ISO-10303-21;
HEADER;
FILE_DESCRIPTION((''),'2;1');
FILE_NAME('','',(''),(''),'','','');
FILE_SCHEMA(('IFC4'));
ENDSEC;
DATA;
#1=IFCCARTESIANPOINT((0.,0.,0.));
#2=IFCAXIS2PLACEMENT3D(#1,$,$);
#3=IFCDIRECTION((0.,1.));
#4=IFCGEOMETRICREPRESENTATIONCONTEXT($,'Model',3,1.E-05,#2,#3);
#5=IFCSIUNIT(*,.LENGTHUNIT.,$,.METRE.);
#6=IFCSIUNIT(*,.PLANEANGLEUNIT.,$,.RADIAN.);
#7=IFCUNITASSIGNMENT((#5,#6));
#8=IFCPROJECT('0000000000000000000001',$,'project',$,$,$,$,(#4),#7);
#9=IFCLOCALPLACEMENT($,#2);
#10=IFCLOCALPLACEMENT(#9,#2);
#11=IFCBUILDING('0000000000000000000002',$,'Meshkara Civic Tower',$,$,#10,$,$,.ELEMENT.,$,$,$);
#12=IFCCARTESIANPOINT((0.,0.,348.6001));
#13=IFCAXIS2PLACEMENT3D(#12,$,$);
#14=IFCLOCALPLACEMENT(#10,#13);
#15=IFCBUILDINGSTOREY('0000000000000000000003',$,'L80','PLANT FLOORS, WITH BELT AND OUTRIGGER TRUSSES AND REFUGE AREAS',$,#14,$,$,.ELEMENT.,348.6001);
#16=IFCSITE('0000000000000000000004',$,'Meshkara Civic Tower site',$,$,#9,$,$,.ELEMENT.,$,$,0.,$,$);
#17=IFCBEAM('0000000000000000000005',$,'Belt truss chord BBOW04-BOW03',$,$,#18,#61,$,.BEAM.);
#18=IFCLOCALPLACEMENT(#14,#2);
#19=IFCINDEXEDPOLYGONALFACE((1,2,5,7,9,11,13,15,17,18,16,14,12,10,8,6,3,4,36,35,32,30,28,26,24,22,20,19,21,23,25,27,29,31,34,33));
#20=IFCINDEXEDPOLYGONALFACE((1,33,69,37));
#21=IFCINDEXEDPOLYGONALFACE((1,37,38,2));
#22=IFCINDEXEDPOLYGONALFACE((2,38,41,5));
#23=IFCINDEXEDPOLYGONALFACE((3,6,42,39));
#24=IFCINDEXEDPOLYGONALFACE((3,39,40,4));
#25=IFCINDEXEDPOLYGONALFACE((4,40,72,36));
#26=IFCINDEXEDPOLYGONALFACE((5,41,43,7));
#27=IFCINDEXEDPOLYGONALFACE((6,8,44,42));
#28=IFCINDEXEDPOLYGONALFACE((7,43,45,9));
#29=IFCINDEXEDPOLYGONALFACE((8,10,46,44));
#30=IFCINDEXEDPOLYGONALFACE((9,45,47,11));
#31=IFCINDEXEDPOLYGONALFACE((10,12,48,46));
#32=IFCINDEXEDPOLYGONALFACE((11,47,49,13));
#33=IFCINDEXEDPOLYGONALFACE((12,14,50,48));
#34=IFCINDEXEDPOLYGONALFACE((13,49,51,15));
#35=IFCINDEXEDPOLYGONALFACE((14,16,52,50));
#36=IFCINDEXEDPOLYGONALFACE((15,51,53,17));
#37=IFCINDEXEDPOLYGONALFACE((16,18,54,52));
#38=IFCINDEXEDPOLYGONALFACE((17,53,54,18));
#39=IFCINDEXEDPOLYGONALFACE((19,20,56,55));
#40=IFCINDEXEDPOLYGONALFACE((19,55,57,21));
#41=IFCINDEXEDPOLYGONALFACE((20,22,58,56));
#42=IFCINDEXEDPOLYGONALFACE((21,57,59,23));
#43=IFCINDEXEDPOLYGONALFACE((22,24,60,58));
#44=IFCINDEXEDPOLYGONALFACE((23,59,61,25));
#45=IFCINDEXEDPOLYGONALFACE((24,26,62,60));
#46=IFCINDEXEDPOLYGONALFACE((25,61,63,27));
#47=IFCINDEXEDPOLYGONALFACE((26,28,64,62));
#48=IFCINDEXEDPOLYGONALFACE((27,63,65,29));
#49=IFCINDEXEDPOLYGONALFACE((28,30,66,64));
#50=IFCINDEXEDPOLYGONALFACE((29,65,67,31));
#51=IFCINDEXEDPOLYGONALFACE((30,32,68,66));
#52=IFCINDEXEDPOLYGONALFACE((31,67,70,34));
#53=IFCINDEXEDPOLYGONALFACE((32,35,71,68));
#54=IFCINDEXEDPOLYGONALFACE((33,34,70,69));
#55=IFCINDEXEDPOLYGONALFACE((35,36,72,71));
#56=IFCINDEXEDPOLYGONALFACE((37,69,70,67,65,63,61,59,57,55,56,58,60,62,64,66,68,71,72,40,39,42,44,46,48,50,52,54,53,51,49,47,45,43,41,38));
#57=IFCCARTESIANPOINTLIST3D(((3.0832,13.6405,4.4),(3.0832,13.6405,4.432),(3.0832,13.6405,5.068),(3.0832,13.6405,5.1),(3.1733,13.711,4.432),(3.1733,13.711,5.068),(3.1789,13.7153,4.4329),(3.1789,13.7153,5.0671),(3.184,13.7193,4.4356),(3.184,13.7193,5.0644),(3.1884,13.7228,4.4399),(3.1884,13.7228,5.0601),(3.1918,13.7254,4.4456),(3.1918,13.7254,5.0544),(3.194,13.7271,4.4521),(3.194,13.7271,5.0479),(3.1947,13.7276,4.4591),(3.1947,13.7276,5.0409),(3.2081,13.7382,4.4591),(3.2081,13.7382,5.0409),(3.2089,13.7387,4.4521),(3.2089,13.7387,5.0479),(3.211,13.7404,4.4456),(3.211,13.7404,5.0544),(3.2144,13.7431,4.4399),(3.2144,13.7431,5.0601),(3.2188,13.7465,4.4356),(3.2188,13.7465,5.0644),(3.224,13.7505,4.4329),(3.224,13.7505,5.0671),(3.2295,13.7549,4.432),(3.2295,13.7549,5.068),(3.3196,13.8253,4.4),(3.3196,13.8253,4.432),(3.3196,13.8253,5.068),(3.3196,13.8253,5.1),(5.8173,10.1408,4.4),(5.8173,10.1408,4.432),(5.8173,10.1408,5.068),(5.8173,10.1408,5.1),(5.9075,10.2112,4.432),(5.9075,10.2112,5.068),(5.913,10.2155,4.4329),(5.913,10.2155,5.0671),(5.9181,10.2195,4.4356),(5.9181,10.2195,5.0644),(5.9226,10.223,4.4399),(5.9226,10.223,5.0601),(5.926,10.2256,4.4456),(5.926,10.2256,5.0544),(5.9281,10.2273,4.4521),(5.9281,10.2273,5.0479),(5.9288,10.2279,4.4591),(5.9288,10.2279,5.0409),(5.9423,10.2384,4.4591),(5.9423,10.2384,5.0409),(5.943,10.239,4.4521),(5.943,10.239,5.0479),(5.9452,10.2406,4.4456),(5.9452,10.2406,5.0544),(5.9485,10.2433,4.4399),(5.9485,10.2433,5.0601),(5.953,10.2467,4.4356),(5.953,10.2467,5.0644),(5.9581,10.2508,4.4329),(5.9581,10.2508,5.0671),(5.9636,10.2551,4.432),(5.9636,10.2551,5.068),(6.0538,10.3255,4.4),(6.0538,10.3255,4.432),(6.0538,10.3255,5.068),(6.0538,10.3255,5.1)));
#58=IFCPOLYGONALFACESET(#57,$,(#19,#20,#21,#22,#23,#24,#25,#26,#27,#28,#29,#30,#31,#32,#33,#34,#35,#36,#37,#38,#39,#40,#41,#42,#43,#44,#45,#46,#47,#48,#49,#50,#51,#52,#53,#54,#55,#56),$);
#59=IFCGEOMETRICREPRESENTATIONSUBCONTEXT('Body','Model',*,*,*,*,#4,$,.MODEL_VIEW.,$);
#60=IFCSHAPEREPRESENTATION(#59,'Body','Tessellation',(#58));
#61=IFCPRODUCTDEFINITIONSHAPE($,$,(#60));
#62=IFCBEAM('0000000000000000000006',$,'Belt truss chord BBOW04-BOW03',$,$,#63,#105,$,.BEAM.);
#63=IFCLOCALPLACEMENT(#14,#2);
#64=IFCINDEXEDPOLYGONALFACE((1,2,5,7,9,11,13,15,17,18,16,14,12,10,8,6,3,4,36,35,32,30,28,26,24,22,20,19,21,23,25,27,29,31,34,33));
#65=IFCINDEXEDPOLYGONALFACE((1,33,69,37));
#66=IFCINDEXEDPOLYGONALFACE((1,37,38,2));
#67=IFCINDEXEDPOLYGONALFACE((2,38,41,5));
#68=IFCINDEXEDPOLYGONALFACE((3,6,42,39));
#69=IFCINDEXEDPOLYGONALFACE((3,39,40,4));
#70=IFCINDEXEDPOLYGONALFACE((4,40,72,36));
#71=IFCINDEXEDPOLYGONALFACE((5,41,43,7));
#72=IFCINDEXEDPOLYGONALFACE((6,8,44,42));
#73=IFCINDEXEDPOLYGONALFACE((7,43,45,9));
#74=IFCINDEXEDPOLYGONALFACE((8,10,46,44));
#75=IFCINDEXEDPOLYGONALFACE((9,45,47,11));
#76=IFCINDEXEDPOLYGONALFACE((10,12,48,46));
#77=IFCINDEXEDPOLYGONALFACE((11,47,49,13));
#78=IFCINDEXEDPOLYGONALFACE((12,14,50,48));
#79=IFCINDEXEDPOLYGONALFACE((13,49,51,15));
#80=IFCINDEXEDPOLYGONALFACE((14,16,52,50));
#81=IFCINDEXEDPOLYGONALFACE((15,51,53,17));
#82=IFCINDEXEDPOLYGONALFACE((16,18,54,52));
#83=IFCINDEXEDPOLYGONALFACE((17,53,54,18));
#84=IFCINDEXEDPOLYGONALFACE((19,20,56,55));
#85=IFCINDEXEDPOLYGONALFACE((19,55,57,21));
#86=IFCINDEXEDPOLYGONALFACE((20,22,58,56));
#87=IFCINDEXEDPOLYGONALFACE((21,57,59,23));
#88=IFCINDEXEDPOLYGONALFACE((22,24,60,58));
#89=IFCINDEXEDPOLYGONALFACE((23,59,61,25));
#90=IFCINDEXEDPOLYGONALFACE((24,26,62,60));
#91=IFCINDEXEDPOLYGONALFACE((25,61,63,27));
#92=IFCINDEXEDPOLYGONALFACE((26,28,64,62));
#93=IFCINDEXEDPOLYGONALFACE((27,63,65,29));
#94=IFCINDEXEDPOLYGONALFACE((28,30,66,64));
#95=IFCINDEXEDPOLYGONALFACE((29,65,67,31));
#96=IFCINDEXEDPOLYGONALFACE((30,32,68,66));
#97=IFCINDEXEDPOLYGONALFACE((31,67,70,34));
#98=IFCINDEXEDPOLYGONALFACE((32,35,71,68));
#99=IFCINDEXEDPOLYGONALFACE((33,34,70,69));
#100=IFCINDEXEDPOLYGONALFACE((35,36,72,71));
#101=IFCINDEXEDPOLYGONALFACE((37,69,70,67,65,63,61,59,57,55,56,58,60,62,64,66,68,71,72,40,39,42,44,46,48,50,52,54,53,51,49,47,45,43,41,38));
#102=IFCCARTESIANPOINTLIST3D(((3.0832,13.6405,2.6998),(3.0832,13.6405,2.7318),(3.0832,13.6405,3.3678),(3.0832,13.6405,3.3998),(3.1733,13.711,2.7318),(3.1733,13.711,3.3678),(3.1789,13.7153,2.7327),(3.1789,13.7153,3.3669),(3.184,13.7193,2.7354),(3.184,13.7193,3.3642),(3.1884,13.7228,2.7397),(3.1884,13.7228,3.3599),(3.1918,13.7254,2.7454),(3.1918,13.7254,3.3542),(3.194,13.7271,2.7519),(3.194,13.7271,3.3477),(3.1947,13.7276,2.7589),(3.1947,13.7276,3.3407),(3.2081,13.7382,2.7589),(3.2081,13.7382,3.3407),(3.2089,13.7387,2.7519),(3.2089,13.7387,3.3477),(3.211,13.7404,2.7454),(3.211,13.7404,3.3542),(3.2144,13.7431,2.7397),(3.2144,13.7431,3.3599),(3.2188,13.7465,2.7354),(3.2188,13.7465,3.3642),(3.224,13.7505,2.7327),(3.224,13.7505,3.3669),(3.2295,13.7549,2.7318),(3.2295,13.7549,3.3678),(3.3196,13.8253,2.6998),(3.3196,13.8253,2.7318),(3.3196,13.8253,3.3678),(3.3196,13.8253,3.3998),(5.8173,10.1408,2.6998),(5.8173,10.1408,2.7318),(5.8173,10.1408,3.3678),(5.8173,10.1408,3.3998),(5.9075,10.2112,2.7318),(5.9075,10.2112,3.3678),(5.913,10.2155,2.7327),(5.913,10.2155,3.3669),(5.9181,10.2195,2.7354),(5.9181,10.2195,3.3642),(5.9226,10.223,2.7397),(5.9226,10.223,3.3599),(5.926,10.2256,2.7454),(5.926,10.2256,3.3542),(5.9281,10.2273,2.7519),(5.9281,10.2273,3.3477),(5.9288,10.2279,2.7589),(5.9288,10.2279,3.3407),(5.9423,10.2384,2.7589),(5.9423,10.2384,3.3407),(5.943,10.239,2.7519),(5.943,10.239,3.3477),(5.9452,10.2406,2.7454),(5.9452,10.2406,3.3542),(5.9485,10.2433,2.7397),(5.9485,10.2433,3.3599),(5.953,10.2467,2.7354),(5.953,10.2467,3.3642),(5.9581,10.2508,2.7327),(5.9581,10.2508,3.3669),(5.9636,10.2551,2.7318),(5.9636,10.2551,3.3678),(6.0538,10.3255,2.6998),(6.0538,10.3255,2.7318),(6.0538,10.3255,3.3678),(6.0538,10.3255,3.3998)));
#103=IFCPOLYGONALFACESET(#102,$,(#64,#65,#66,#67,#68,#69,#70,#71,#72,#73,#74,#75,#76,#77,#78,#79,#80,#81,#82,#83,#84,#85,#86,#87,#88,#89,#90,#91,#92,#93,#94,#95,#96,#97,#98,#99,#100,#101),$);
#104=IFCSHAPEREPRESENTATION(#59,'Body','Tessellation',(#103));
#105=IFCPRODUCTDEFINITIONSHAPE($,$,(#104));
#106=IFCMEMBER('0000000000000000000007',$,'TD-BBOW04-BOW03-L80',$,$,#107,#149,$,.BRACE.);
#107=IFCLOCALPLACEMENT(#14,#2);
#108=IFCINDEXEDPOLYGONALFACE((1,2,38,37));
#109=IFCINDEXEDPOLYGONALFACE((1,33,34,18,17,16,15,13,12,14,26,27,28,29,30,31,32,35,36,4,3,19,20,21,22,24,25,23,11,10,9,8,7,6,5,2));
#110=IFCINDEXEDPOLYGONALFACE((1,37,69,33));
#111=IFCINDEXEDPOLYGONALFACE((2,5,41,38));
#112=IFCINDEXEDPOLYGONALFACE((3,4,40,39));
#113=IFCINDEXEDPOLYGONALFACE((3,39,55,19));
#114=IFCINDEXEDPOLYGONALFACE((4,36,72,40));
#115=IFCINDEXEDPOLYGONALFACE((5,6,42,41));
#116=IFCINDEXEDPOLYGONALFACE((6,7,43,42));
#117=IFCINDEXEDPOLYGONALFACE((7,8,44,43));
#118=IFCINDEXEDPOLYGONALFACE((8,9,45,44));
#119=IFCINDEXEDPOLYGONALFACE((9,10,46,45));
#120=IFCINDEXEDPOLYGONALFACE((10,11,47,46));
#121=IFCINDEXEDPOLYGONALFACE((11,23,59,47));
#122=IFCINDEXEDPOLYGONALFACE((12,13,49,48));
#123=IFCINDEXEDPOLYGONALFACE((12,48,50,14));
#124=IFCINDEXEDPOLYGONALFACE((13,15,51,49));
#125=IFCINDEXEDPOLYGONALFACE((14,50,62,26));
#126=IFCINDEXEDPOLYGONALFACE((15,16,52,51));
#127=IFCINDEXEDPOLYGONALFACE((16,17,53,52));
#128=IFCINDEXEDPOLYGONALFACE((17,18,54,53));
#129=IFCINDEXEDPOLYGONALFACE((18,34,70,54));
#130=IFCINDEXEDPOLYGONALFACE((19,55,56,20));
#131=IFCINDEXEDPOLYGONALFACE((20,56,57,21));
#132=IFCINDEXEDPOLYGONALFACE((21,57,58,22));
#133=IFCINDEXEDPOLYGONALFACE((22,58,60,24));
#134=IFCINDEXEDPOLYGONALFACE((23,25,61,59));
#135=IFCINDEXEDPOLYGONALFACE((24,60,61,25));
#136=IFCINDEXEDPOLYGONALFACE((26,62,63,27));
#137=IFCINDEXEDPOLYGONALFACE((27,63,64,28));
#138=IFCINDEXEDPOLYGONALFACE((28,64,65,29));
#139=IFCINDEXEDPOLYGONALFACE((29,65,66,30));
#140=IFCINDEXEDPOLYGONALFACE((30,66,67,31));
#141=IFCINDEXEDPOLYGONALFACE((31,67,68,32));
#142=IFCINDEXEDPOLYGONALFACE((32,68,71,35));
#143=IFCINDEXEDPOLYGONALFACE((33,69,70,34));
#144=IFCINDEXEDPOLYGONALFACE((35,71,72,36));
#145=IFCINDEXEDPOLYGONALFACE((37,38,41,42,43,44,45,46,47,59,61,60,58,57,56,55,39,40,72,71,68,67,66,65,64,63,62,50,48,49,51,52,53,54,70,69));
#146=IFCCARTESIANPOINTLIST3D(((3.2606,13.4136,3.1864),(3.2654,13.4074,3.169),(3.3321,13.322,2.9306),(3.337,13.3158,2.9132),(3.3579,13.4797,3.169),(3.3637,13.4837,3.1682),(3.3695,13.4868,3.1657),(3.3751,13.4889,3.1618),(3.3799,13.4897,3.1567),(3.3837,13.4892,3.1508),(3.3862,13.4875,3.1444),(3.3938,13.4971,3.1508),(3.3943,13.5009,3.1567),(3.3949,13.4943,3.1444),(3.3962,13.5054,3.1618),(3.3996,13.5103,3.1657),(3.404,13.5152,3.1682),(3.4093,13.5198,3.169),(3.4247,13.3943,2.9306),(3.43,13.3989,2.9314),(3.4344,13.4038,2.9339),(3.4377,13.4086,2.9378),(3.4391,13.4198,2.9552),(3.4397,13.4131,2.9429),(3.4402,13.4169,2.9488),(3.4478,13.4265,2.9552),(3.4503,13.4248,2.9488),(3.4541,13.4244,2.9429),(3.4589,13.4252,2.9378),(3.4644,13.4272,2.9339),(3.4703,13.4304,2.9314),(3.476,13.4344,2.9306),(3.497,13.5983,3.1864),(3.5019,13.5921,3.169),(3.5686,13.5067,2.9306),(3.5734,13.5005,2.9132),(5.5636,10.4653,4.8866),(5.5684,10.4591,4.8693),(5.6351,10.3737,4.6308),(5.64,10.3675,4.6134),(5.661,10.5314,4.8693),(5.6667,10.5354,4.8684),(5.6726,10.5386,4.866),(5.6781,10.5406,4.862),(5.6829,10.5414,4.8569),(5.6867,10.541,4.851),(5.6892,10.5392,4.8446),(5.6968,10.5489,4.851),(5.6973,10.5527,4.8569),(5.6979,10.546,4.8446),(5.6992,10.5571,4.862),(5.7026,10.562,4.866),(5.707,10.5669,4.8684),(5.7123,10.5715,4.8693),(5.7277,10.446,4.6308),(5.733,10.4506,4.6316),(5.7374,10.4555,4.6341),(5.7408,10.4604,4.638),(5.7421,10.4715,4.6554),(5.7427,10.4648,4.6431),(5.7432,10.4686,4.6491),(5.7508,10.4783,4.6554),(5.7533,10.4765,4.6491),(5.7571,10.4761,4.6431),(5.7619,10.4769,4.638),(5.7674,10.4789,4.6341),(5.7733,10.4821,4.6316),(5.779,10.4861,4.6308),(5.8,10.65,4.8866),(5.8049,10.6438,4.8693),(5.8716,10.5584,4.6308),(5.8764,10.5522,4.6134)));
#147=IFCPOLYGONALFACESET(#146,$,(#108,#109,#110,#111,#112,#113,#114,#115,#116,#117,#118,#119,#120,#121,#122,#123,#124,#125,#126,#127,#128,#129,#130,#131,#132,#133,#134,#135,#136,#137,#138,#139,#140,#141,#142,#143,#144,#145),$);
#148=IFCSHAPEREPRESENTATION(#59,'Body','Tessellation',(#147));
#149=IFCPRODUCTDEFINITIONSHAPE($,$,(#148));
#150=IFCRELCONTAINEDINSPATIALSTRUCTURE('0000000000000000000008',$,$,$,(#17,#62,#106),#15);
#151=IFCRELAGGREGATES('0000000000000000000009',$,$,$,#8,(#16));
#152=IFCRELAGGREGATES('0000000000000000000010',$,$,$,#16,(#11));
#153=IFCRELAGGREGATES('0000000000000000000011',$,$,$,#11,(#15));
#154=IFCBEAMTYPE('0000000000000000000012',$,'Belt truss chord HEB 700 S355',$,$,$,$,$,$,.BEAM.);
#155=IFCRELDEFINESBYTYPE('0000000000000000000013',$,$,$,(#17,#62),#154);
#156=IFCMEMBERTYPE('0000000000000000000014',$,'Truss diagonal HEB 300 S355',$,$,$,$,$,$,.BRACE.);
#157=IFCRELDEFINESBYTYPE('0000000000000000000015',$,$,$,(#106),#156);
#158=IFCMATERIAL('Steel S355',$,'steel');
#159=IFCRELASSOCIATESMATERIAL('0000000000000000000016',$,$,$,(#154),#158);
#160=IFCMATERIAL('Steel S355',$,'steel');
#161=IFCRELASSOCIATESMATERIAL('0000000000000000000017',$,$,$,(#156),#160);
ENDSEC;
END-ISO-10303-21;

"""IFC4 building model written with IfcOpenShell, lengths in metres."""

from ifc_helpers import new_model, si_unit, direction, frame, origin, origin_2d, place, context, subcontext, project, spatial, i_section, extrude, material, material_profile, profile_set, type_object, element, save


model = new_model("IFC4")

# Units and contexts
model_context = context("Model", 3, precision=1e-05, world=origin(), true_north=direction((0.0, 1.0)))
body_context = subcontext(model_context, "Body", "Model", "MODEL_VIEW")
ifc_project = project(units=[si_unit("LENGTHUNIT", "METRE"), si_unit("PLANEANGLEUNIT", "RADIAN")], contexts=[model_context])

# Site, building, storey
site_placement = place(None, origin())
site = spatial("IfcSite", under=ifc_project, at=site_placement, Name="Meshkara Civic Tower site", CompositionType="ELEMENT", RefElevation=0.0)
building_placement = place(site_placement, origin())
building = spatial("IfcBuilding", under=site, at=building_placement, Name="Meshkara Civic Tower", CompositionType="ELEMENT")
storey_placement = place(building_placement, frame((0.0, 0.0, 348.6001)))
storey = spatial("IfcBuildingStorey", under=building, at=storey_placement, Name="L80", Description="PLANT FLOORS, WITH BELT AND OUTRIGGER TRUSSES AND REFUGE AREAS", CompositionType="ELEMENT", Elevation=348.6001)

# Beams
ifc_material_1 = material(Name="Steel S355", Category="steel")
ifc_material_profile_1 = material_profile(ifc_material_1, i_section(OverallWidth=0.3, OverallDepth=0.7, WebThickness=0.0171, FlangeThickness=0.032, FilletRadius=0.0271, at=origin_2d()))
ifc_profile_set_1 = profile_set([ifc_material_profile_1], Name="Steel S355")
beam_type = type_object("IfcBeamType", Name="Belt truss chord HEB 700 S355", PredefinedType="BEAM", material=ifc_profile_set_1)
for number, where, z_axis, x_axis, name in (
    (1, (3.2014, 13.7329, 4.75), (0.615637, -0.78803, 0.0), (0.78803, 0.615637, 0.0), "Belt truss chord BBOW04-BOW03"),
    (2, (3.2014, 13.7329, 3.0498), (0.615637, -0.78803, 0.0), (0.78803, 0.615637, 0.0), "Belt truss chord BBOW04-BOW03"),
):
    element("IfcBeam", number, at=place(storey_placement, frame(where, z_axis=z_axis, x_axis=x_axis)), inside=storey, type_object=beam_type, Name=name, PredefinedType="BEAM", context=body_context, shape_type="SweptSolid", body=[
        extrude(i_section(OverallWidth=0.3, OverallDepth=0.7, WebThickness=0.0171, FlangeThickness=0.032, FilletRadius=0.0271, at=origin_2d()), origin(), (0.0, 0.0, 1.0), 4.4412),
    ])

# Member
ifc_material_2 = material(Name="Steel S355", Category="steel")
ifc_material_profile_2 = material_profile(ifc_material_2, i_section(OverallWidth=0.3, OverallDepth=0.3, WebThickness=0.011, FlangeThickness=0.019, FilletRadius=0.0271, at=origin_2d()))
ifc_profile_set_2 = profile_set([ifc_material_profile_2], Name="Steel S355")
member_type = type_object("IfcMemberType", Name="Truss diagonal HEB 300 S355", PredefinedType="BRACE", material=ifc_profile_set_2)
member_placement = place(storey_placement, frame((3.417, 13.457, 3.0498), z_axis=(0.560428, -0.717453, 0.413741), x_axis=(0.788068, 0.615588, 0.0)))
element("IfcMember", 3, at=member_placement, inside=storey, type_object=member_type, Name="TD-BBOW04-BOW03-L80", PredefinedType="BRACE", context=body_context, shape_type="SweptSolid", body=[
    extrude(i_section(OverallWidth=0.3, OverallDepth=0.3, WebThickness=0.011, FlangeThickness=0.019, FilletRadius=0.0271, at=origin_2d()), origin(), (0.0, 0.0, 1.0), 4.1094),
])

save(model, "model.ifc")
